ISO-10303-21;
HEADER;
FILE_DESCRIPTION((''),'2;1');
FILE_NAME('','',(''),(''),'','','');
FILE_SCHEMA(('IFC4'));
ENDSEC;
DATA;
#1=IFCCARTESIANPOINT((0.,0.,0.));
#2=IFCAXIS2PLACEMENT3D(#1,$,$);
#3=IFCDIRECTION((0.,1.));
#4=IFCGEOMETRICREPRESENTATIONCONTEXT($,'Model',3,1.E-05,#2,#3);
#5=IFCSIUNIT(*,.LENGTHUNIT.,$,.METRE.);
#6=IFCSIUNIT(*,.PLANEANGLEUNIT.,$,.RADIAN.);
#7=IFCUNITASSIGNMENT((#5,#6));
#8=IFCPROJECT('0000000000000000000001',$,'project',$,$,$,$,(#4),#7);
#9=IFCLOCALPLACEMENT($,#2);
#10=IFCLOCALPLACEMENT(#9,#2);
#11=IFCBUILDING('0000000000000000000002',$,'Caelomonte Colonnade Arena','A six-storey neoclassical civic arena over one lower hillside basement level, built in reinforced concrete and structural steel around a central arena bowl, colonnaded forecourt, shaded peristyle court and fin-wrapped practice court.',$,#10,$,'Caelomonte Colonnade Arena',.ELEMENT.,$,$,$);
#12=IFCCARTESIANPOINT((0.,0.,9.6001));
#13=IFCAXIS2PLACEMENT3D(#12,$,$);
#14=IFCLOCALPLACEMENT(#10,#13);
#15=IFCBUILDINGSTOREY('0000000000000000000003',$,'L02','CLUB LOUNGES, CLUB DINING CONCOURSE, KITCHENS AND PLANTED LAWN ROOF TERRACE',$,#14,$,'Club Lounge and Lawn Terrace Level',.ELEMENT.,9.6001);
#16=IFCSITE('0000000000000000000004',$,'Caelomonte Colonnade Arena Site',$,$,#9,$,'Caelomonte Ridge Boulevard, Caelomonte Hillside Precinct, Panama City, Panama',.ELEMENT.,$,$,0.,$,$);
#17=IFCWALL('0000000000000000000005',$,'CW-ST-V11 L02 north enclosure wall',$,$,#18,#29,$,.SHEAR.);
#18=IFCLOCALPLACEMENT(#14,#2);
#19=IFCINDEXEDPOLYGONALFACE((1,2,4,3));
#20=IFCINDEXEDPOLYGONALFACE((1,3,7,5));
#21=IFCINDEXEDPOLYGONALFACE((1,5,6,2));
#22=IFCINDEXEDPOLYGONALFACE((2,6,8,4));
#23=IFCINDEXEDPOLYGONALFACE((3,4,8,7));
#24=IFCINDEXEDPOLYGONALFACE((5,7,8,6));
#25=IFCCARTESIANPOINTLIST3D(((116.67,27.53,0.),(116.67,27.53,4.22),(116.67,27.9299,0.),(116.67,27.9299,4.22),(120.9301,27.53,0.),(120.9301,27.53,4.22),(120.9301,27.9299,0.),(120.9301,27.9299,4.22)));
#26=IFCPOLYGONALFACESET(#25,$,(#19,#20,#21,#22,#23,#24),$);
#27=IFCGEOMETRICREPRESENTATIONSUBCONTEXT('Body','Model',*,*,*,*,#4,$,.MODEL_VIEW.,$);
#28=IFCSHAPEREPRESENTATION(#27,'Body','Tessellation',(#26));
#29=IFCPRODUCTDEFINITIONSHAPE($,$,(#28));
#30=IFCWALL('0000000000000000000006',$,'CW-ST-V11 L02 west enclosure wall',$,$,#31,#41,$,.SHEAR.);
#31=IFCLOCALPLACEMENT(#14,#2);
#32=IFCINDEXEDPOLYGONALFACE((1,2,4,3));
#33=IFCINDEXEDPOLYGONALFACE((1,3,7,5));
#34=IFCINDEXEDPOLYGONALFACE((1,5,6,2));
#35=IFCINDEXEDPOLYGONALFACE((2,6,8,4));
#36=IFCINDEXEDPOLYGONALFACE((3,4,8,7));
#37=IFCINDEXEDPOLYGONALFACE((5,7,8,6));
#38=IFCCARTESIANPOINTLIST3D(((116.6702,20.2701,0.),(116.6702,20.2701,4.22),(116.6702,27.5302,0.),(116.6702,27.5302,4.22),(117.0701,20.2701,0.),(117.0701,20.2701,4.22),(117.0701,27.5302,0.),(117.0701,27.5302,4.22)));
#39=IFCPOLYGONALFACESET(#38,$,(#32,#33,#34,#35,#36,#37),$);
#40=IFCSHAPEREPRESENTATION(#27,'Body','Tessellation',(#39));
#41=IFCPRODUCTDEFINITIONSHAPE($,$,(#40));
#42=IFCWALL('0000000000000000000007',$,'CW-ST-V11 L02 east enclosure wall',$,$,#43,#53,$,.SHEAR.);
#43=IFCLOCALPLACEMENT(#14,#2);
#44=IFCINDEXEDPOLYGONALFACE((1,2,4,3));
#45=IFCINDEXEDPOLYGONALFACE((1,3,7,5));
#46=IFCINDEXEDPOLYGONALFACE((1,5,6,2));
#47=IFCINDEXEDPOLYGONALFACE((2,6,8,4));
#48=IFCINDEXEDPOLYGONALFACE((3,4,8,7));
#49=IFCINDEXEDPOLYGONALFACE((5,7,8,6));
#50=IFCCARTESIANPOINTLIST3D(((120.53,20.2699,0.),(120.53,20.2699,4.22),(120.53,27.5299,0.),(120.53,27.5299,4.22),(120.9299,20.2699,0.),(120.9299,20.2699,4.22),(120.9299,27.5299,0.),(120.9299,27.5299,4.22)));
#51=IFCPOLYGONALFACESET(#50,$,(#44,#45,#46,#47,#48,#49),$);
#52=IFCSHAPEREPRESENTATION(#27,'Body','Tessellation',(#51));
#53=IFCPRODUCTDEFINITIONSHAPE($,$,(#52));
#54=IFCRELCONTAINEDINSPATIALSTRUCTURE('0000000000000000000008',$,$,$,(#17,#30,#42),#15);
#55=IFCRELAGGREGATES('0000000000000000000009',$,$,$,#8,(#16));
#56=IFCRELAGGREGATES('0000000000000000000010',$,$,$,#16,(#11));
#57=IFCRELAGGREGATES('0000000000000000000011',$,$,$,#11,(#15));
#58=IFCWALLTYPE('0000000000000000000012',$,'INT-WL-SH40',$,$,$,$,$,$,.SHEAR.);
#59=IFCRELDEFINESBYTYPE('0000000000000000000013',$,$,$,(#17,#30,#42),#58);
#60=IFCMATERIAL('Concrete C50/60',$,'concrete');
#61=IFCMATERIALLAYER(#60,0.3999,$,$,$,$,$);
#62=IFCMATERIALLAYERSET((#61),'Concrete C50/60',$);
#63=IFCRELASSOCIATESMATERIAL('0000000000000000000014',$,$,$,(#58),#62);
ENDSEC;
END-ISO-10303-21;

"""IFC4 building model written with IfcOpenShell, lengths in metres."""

from ifc_helpers import new_model, si_unit, direction, frame, frame_2d, origin, place, context, subcontext, project, spatial, rectangle, extrude, material, layer, layer_set, type_object, element, save


model = new_model("IFC4")

# Units and contexts
model_context = context("Model", 3, precision=1e-05, world=origin(), true_north=direction((0.0, 1.0)))
body_context = subcontext(model_context, "Body", "Model", "MODEL_VIEW")
ifc_project = project(units=[si_unit("LENGTHUNIT", "METRE"), si_unit("PLANEANGLEUNIT", "RADIAN")], contexts=[model_context])

# Site, building, storey
site_placement = place(None, origin())
site = spatial("IfcSite", under=ifc_project, at=site_placement, Name="Caelomonte Colonnade Arena Site", LongName="Caelomonte Ridge Boulevard, Caelomonte Hillside Precinct, Panama City, Panama", CompositionType="ELEMENT", RefElevation=0.0)
building_placement = place(site_placement, origin())
building = spatial("IfcBuilding", under=site, at=building_placement, Name="Caelomonte Colonnade Arena", Description="A six-storey neoclassical civic arena over one lower hillside basement level, built in reinforced concrete and structural steel around a central arena bowl, colonnaded forecourt, shaded peristyle court and fin-wrapped practice court.", LongName="Caelomonte Colonnade Arena", CompositionType="ELEMENT")
storey_placement = place(building_placement, frame((0.0, 0.0, 9.6001)))
storey = spatial("IfcBuildingStorey", under=building, at=storey_placement, Name="L02", Description="CLUB LOUNGES, CLUB DINING CONCOURSE, KITCHENS AND PLANTED LAWN ROOF TERRACE", LongName="Club Lounge and Lawn Terrace Level", CompositionType="ELEMENT", Elevation=9.6001)

# Shared definitions
ifc_material_1 = material(Name="Concrete C50/60", Category="concrete")

# Walls
ifc_layer_1 = layer(ifc_material_1, 0.3999)
ifc_layer_set_1 = layer_set([ifc_layer_1], Name="Concrete C50/60")
wall_type_1 = type_object("IfcWallType", Name="INT-WL-SH40", PredefinedType="SHEAR", material=ifc_layer_set_1)
for number, where, z_axis, x_axis, name in (
    (1, (120.9299, 27.73, 0.0), (0.0, 0.0, 1.0), (-1.0, 0.0, 0.0), "CW-ST-V11 L02 north enclosure wall"),
):
    element("IfcWall", number, at=place(storey_placement, frame(where, z_axis=z_axis, x_axis=x_axis)), inside=storey, type_object=wall_type_1, Name=name, PredefinedType="SHEAR", context=body_context, shape_type="SweptSolid", body=[
        extrude(rectangle(XDim=4.26, YDim=0.3999, at=frame_2d((2.1299, 0.0))), origin(), (0.0, 0.0, 1.0), 4.22),
    ])
for number, where, z_axis, x_axis, name in (
    (2, (116.8701, 27.53, 0.0), (0.0, 0.0, 1.0), (0.0, -1.0, 0.0), "CW-ST-V11 L02 west enclosure wall"),
    (3, (120.73, 20.27, 0.0), (0.0, 0.0, 1.0), (0.0, 1.0, 0.0), "CW-ST-V11 L02 east enclosure wall"),
):
    element("IfcWall", number, at=place(storey_placement, frame(where, z_axis=z_axis, x_axis=x_axis)), inside=storey, type_object=wall_type_1, Name=name, PredefinedType="SHEAR", context=body_context, shape_type="SweptSolid", body=[
        extrude(rectangle(XDim=7.26, YDim=0.3999, at=frame_2d((3.6299, 0.0))), origin(), (0.0, 0.0, 1.0), 4.22),
    ])

save(model, "model.ifc")
